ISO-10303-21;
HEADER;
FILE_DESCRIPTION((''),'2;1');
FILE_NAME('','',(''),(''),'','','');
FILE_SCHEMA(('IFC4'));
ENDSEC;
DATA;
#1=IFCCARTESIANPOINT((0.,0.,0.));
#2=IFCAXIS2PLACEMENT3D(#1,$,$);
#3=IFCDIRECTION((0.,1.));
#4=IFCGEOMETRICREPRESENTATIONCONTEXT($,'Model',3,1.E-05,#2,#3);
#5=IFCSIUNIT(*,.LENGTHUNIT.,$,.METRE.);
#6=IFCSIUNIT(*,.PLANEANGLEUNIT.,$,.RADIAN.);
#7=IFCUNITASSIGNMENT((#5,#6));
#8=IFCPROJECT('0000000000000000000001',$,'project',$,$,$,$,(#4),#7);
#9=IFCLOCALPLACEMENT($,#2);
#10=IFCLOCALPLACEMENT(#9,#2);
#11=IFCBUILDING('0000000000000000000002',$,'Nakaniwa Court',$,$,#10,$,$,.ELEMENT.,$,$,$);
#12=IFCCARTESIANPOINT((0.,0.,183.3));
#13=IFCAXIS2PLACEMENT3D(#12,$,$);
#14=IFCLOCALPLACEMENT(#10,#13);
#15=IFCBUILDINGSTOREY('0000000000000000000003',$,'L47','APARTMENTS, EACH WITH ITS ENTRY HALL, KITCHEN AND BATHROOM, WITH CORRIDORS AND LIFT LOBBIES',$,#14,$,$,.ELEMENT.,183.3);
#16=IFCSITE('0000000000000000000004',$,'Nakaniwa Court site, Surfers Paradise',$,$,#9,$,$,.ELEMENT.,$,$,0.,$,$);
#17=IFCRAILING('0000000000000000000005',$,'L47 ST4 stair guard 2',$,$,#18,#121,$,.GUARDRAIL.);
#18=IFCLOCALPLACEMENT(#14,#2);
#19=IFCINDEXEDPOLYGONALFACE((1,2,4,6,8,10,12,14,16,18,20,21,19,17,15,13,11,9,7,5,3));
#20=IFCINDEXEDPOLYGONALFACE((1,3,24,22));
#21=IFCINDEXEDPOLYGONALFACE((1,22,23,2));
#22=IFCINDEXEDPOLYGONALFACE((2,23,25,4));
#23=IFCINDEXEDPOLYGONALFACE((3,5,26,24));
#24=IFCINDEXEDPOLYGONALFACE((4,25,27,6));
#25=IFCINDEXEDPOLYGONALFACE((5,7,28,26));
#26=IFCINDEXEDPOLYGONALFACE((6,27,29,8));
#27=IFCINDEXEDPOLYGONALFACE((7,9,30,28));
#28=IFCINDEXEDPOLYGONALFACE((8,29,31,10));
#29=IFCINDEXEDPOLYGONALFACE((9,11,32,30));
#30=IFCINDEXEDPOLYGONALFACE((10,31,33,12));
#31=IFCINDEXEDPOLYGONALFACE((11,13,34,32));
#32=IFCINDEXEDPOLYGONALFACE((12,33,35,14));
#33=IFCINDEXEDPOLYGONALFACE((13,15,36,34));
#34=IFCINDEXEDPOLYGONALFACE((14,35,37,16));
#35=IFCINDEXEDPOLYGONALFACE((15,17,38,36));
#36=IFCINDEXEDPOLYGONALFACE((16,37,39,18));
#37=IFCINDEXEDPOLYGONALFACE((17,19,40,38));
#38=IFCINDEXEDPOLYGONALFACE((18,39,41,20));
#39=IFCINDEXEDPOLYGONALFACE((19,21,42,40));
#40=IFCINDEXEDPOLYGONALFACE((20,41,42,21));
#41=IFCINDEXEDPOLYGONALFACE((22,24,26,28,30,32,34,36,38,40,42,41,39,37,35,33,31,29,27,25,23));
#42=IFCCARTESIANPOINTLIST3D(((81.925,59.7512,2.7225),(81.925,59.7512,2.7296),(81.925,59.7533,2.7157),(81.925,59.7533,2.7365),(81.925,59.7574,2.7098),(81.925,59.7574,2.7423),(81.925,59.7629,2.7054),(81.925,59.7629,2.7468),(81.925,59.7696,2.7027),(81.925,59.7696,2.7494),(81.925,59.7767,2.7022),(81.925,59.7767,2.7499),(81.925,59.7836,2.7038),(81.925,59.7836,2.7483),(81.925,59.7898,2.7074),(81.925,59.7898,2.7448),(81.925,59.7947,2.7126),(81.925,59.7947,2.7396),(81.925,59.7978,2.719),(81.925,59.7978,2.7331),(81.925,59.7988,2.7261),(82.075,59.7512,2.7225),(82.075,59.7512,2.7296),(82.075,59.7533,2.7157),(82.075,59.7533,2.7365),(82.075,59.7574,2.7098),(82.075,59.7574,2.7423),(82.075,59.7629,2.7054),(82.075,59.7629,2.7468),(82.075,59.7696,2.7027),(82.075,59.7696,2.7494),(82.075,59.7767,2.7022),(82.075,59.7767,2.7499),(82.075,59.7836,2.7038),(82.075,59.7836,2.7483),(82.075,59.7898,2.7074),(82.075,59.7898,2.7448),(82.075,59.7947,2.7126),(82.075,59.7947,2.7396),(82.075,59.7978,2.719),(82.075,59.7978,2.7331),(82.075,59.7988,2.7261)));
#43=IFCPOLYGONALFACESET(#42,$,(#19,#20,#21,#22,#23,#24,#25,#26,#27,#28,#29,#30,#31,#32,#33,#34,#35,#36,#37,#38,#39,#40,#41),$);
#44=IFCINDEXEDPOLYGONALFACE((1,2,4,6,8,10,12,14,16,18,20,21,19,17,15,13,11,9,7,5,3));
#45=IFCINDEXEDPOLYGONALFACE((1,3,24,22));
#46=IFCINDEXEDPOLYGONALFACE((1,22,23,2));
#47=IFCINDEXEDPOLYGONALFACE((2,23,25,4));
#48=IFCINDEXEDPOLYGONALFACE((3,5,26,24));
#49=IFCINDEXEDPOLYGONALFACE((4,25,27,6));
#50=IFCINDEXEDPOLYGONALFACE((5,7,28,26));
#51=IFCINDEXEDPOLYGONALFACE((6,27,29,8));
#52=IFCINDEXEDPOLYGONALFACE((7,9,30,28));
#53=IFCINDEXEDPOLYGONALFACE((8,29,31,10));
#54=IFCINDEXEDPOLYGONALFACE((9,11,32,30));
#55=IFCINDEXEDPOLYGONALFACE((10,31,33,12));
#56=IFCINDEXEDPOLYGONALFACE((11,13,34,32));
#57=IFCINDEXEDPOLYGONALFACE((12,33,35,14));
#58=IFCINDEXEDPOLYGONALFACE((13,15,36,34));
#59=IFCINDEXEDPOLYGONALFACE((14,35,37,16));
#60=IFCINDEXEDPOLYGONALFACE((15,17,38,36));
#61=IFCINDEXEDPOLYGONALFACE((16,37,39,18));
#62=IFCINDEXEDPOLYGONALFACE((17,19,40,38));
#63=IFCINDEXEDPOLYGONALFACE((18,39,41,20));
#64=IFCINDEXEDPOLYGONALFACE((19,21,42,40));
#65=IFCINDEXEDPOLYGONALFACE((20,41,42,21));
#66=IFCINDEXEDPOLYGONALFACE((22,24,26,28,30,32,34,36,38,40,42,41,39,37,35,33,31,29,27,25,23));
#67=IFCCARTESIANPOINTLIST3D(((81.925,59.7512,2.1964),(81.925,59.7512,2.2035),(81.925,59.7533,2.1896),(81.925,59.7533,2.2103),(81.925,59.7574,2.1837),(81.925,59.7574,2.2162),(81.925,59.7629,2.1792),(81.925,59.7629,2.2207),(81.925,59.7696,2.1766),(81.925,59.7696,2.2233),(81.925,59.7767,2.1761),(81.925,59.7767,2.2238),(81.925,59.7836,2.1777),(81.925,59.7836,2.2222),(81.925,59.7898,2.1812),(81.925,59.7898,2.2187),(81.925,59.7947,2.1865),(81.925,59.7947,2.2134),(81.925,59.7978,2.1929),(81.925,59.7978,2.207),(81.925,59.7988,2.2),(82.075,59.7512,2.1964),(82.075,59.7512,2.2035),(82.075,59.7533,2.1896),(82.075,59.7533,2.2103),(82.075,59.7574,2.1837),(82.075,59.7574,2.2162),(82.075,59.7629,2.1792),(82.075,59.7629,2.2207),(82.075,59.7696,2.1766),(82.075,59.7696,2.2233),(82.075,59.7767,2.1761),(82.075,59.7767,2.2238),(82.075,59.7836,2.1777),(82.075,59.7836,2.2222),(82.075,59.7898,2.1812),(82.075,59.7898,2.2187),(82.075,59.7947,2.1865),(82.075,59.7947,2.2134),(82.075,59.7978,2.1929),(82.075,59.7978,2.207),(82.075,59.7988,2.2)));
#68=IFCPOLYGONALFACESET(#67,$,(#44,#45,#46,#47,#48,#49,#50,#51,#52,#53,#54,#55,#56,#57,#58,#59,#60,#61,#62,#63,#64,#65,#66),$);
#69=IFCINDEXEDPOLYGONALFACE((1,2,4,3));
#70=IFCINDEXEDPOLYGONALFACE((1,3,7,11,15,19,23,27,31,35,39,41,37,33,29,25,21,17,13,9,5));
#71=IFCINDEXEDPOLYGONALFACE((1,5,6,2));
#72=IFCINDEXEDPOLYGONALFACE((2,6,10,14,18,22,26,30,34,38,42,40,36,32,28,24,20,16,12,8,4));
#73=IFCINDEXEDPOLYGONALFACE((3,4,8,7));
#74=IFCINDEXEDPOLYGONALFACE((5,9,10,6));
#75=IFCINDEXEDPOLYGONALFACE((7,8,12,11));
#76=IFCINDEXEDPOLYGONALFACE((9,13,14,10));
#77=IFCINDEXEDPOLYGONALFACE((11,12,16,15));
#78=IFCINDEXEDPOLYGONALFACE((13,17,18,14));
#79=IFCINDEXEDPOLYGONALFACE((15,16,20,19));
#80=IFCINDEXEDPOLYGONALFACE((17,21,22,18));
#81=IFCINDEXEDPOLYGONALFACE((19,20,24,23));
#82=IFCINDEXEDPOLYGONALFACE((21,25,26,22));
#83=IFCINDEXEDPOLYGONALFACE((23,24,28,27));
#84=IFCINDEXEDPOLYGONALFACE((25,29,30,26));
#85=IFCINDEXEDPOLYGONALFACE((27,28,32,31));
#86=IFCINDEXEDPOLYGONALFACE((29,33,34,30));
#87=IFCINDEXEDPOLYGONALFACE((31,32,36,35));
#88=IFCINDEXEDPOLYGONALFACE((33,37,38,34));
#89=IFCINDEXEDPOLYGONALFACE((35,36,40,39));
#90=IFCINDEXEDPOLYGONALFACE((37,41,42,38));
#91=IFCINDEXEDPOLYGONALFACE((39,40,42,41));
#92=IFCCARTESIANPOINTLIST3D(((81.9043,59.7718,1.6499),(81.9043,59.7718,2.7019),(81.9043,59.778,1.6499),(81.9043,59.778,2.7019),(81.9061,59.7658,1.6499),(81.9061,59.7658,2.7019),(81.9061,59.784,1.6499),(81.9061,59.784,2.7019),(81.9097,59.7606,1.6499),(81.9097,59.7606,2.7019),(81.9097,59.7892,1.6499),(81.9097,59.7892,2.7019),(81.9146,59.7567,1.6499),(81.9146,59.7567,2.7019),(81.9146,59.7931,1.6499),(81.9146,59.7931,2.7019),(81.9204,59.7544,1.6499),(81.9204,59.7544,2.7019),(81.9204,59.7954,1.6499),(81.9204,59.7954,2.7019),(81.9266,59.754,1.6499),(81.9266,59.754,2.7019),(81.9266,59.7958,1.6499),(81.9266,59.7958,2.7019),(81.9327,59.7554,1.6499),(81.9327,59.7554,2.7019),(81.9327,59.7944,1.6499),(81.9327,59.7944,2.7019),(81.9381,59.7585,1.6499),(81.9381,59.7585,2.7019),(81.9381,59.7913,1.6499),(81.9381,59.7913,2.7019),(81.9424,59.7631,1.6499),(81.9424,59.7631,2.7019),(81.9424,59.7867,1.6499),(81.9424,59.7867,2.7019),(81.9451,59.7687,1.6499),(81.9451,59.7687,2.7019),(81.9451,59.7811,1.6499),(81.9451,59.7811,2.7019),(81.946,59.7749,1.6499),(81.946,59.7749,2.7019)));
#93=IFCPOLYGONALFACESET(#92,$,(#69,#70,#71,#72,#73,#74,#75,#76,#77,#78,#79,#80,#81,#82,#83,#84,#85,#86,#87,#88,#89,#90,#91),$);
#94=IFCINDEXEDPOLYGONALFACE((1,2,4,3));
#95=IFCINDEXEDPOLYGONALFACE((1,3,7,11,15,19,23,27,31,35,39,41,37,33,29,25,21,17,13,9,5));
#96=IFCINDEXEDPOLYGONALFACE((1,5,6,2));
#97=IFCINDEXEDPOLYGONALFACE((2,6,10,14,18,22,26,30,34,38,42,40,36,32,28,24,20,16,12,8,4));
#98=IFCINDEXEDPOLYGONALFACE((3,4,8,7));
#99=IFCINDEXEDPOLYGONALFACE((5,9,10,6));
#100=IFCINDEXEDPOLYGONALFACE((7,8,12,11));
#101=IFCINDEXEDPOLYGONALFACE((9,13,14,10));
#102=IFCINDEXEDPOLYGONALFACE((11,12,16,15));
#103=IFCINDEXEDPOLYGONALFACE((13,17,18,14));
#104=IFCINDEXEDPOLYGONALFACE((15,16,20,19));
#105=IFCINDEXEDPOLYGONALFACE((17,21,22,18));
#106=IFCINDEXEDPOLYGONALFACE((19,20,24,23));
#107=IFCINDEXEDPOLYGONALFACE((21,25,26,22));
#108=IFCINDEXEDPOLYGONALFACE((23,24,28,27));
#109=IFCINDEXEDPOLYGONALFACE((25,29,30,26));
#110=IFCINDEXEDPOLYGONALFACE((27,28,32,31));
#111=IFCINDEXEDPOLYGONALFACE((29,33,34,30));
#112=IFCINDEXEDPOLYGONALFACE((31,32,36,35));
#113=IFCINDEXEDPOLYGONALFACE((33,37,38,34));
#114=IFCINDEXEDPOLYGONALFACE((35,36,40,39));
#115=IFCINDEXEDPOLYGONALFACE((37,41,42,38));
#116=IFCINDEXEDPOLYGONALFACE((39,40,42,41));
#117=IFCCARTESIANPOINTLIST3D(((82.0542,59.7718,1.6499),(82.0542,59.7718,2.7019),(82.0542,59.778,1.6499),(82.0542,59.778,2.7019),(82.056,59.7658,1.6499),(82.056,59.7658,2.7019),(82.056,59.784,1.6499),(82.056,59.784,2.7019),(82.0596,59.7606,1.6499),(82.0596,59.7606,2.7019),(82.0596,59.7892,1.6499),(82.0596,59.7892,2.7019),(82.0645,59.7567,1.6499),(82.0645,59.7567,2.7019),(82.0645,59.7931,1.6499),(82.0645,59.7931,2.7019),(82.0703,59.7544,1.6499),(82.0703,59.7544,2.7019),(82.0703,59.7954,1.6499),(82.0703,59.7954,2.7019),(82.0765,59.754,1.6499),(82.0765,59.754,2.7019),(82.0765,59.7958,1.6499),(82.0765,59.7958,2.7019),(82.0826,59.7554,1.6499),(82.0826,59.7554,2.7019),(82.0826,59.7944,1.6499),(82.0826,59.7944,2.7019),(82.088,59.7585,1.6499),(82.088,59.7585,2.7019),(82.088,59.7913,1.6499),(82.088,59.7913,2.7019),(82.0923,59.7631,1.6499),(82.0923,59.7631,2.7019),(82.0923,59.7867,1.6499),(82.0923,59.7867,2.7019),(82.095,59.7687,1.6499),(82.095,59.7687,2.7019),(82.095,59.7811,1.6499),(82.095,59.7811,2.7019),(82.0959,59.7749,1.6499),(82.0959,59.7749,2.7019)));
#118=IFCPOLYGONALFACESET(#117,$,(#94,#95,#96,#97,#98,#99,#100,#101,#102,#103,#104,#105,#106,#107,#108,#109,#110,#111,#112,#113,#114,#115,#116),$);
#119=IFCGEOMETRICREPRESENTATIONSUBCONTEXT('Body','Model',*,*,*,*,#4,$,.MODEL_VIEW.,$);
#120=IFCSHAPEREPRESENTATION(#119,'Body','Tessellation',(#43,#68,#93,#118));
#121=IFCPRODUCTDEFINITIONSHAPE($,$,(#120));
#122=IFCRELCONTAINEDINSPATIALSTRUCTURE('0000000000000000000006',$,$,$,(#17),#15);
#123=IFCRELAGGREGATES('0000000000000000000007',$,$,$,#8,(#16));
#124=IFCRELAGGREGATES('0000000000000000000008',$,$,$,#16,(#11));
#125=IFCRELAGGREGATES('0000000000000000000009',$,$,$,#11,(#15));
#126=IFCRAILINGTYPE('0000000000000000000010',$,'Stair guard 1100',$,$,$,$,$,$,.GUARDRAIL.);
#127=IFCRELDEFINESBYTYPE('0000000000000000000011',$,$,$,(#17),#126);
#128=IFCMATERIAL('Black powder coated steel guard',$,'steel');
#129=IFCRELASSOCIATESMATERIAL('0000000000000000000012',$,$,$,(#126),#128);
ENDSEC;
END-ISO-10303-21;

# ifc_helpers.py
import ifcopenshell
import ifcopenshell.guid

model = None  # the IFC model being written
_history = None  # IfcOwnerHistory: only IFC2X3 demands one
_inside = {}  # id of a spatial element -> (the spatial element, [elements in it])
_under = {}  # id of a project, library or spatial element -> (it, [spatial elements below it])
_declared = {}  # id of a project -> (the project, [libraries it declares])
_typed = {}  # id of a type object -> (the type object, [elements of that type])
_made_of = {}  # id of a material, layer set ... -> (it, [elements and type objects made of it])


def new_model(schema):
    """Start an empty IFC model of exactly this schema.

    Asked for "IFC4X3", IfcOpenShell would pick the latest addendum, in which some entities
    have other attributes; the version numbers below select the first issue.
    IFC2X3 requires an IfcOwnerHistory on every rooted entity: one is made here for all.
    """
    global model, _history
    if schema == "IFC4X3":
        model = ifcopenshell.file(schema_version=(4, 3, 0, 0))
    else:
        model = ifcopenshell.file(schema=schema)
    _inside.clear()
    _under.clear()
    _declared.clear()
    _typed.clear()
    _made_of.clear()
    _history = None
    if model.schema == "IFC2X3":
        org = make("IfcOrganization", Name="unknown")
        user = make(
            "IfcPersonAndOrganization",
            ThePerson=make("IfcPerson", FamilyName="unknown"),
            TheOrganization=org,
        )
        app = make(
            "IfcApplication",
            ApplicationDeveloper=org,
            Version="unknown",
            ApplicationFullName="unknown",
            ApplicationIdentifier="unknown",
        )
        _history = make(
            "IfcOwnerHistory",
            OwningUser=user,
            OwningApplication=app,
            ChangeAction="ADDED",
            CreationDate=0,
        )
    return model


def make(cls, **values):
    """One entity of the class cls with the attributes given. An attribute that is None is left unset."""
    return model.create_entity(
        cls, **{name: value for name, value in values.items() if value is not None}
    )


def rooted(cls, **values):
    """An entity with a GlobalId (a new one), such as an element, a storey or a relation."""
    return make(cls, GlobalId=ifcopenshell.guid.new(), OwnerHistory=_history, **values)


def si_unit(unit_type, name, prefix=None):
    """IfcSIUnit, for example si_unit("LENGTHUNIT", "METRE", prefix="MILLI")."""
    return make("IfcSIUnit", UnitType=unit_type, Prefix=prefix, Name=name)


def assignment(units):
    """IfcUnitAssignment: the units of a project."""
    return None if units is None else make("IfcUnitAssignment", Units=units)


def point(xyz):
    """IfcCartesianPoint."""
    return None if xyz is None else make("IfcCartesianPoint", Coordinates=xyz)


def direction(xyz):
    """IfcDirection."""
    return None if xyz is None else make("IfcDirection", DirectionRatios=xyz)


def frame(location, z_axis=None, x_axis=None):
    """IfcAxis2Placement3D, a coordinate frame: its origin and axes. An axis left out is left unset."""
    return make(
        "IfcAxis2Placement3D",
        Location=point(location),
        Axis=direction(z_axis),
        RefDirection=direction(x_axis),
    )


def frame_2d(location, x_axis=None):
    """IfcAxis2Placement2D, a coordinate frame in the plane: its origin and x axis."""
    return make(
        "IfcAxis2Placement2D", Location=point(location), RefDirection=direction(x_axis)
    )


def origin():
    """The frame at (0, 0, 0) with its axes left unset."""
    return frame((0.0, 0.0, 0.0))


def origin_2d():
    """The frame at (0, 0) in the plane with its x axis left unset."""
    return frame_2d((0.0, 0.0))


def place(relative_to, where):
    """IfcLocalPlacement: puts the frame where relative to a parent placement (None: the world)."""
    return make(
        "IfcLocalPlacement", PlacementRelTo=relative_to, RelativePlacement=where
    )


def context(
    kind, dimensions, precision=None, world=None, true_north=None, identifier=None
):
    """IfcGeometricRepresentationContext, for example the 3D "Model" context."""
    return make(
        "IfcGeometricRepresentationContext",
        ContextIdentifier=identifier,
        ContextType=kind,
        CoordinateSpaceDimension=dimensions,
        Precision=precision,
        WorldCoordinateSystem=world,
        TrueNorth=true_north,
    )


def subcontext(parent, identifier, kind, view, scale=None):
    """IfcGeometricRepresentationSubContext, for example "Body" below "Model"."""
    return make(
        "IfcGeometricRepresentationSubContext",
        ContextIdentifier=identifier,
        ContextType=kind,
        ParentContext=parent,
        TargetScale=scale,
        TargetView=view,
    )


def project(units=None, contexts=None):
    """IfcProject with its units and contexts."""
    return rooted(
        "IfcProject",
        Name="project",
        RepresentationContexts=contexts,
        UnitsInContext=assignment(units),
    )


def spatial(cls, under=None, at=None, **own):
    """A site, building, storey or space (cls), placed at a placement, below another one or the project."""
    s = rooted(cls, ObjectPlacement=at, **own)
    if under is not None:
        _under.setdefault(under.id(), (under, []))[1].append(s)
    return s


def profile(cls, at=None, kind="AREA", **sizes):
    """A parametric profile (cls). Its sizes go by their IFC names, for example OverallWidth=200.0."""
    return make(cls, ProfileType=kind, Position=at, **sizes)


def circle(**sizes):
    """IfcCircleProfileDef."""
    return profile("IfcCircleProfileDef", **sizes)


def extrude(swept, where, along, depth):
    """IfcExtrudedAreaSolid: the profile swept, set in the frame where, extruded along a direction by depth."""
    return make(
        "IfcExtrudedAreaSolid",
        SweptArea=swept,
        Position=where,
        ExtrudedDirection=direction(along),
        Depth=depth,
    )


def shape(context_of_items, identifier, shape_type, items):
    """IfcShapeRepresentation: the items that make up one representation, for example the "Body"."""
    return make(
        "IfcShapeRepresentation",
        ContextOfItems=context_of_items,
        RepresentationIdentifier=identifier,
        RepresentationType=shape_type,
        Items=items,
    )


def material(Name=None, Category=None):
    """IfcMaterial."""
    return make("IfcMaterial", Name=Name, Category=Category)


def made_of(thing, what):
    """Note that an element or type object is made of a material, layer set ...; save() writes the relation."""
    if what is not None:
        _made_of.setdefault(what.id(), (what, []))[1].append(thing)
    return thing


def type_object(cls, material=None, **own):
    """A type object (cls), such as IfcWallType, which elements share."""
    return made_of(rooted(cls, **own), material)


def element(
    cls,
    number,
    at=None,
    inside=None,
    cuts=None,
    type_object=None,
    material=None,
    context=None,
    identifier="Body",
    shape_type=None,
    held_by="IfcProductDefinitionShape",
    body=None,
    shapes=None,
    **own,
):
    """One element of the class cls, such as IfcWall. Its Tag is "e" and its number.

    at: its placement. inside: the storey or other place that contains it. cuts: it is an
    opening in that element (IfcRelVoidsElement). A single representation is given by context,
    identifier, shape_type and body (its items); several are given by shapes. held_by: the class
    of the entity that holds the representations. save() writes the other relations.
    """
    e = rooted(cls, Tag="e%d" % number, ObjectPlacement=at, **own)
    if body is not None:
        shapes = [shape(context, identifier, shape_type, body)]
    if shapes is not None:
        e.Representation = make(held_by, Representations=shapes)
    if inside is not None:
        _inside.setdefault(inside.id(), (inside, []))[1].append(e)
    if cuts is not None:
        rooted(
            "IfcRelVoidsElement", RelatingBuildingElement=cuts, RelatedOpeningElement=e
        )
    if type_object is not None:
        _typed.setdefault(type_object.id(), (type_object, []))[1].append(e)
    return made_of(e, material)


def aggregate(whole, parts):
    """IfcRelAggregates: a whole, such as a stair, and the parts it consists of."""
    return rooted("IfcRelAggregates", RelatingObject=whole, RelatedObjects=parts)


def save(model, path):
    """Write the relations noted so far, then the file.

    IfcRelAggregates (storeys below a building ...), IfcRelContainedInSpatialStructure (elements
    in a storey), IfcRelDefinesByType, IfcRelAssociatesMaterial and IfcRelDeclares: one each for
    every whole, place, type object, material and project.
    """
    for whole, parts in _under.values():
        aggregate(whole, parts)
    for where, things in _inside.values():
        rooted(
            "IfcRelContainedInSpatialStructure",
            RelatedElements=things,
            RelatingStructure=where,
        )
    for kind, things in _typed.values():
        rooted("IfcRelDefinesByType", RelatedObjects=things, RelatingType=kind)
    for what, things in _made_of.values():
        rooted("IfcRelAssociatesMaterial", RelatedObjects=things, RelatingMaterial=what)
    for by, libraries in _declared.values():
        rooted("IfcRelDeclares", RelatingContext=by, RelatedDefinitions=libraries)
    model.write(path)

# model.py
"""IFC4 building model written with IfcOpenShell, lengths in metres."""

from ifc_helpers import new_model, si_unit, direction, frame, origin, origin_2d, place, context, subcontext, project, spatial, circle, extrude, material, type_object, element, save


model = new_model("IFC4")

# Units and contexts
model_context = context("Model", 3, precision=1e-05, world=origin(), true_north=direction((0.0, 1.0)))
body_context = subcontext(model_context, "Body", "Model", "MODEL_VIEW")
ifc_project = project(units=[si_unit("LENGTHUNIT", "METRE"), si_unit("PLANEANGLEUNIT", "RADIAN")], contexts=[model_context])

# Site, building, storey
site_placement = place(None, origin())
site = spatial("IfcSite", under=ifc_project, at=site_placement, Name="Nakaniwa Court site, Surfers Paradise", CompositionType="ELEMENT", RefElevation=0.0)
building_placement = place(site_placement, origin())
building = spatial("IfcBuilding", under=site, at=building_placement, Name="Nakaniwa Court", CompositionType="ELEMENT")
storey_placement = place(building_placement, frame((0.0, 0.0, 183.3)))
storey = spatial("IfcBuildingStorey", under=building, at=storey_placement, Name="L47", Description="APARTMENTS, EACH WITH ITS ENTRY HALL, KITCHEN AND BATHROOM, WITH CORRIDORS AND LIFT LOBBIES", CompositionType="ELEMENT", Elevation=183.3)

# Railing
ifc_material_1 = material(Name="Black powder coated steel guard", Category="steel")
railing_type_1 = type_object("IfcRailingType", Name="Stair guard 1100", PredefinedType="GUARDRAIL", material=ifc_material_1)
railing_1_placement = place(storey_placement, frame((81.925, 59.7749, 1.6499)))
element("IfcRailing", 1, at=railing_1_placement, inside=storey, type_object=railing_type_1, Name="L47 ST4 stair guard 2", PredefinedType="GUARDRAIL", context=body_context, shape_type="SweptSolid", body=[
    extrude(circle(Radius=0.0239, at=origin_2d()), frame((0.0, 0.0, 1.0762), z_axis=(1.0, 0.0, 0.0), x_axis=(0.0, 1.0, 0.0)), (0.0, 0.0, 1.0), 0.1499),
    extrude(circle(Radius=0.0239, at=origin_2d()), frame((0.0, 0.0, 0.55), z_axis=(1.0, 0.0, 0.0), x_axis=(0.0, 1.0, 0.0)), (0.0, 0.0, 1.0), 0.1499),
    extrude(circle(Radius=0.021, at=origin_2d()), origin(), (0.0, 0.0, 1.0), 1.052),
    extrude(circle(Radius=0.021, at=origin_2d()), frame((0.1499, 0.0, 0.0)), (0.0, 0.0, 1.0), 1.052),
])

save(model, "model.ifc")
